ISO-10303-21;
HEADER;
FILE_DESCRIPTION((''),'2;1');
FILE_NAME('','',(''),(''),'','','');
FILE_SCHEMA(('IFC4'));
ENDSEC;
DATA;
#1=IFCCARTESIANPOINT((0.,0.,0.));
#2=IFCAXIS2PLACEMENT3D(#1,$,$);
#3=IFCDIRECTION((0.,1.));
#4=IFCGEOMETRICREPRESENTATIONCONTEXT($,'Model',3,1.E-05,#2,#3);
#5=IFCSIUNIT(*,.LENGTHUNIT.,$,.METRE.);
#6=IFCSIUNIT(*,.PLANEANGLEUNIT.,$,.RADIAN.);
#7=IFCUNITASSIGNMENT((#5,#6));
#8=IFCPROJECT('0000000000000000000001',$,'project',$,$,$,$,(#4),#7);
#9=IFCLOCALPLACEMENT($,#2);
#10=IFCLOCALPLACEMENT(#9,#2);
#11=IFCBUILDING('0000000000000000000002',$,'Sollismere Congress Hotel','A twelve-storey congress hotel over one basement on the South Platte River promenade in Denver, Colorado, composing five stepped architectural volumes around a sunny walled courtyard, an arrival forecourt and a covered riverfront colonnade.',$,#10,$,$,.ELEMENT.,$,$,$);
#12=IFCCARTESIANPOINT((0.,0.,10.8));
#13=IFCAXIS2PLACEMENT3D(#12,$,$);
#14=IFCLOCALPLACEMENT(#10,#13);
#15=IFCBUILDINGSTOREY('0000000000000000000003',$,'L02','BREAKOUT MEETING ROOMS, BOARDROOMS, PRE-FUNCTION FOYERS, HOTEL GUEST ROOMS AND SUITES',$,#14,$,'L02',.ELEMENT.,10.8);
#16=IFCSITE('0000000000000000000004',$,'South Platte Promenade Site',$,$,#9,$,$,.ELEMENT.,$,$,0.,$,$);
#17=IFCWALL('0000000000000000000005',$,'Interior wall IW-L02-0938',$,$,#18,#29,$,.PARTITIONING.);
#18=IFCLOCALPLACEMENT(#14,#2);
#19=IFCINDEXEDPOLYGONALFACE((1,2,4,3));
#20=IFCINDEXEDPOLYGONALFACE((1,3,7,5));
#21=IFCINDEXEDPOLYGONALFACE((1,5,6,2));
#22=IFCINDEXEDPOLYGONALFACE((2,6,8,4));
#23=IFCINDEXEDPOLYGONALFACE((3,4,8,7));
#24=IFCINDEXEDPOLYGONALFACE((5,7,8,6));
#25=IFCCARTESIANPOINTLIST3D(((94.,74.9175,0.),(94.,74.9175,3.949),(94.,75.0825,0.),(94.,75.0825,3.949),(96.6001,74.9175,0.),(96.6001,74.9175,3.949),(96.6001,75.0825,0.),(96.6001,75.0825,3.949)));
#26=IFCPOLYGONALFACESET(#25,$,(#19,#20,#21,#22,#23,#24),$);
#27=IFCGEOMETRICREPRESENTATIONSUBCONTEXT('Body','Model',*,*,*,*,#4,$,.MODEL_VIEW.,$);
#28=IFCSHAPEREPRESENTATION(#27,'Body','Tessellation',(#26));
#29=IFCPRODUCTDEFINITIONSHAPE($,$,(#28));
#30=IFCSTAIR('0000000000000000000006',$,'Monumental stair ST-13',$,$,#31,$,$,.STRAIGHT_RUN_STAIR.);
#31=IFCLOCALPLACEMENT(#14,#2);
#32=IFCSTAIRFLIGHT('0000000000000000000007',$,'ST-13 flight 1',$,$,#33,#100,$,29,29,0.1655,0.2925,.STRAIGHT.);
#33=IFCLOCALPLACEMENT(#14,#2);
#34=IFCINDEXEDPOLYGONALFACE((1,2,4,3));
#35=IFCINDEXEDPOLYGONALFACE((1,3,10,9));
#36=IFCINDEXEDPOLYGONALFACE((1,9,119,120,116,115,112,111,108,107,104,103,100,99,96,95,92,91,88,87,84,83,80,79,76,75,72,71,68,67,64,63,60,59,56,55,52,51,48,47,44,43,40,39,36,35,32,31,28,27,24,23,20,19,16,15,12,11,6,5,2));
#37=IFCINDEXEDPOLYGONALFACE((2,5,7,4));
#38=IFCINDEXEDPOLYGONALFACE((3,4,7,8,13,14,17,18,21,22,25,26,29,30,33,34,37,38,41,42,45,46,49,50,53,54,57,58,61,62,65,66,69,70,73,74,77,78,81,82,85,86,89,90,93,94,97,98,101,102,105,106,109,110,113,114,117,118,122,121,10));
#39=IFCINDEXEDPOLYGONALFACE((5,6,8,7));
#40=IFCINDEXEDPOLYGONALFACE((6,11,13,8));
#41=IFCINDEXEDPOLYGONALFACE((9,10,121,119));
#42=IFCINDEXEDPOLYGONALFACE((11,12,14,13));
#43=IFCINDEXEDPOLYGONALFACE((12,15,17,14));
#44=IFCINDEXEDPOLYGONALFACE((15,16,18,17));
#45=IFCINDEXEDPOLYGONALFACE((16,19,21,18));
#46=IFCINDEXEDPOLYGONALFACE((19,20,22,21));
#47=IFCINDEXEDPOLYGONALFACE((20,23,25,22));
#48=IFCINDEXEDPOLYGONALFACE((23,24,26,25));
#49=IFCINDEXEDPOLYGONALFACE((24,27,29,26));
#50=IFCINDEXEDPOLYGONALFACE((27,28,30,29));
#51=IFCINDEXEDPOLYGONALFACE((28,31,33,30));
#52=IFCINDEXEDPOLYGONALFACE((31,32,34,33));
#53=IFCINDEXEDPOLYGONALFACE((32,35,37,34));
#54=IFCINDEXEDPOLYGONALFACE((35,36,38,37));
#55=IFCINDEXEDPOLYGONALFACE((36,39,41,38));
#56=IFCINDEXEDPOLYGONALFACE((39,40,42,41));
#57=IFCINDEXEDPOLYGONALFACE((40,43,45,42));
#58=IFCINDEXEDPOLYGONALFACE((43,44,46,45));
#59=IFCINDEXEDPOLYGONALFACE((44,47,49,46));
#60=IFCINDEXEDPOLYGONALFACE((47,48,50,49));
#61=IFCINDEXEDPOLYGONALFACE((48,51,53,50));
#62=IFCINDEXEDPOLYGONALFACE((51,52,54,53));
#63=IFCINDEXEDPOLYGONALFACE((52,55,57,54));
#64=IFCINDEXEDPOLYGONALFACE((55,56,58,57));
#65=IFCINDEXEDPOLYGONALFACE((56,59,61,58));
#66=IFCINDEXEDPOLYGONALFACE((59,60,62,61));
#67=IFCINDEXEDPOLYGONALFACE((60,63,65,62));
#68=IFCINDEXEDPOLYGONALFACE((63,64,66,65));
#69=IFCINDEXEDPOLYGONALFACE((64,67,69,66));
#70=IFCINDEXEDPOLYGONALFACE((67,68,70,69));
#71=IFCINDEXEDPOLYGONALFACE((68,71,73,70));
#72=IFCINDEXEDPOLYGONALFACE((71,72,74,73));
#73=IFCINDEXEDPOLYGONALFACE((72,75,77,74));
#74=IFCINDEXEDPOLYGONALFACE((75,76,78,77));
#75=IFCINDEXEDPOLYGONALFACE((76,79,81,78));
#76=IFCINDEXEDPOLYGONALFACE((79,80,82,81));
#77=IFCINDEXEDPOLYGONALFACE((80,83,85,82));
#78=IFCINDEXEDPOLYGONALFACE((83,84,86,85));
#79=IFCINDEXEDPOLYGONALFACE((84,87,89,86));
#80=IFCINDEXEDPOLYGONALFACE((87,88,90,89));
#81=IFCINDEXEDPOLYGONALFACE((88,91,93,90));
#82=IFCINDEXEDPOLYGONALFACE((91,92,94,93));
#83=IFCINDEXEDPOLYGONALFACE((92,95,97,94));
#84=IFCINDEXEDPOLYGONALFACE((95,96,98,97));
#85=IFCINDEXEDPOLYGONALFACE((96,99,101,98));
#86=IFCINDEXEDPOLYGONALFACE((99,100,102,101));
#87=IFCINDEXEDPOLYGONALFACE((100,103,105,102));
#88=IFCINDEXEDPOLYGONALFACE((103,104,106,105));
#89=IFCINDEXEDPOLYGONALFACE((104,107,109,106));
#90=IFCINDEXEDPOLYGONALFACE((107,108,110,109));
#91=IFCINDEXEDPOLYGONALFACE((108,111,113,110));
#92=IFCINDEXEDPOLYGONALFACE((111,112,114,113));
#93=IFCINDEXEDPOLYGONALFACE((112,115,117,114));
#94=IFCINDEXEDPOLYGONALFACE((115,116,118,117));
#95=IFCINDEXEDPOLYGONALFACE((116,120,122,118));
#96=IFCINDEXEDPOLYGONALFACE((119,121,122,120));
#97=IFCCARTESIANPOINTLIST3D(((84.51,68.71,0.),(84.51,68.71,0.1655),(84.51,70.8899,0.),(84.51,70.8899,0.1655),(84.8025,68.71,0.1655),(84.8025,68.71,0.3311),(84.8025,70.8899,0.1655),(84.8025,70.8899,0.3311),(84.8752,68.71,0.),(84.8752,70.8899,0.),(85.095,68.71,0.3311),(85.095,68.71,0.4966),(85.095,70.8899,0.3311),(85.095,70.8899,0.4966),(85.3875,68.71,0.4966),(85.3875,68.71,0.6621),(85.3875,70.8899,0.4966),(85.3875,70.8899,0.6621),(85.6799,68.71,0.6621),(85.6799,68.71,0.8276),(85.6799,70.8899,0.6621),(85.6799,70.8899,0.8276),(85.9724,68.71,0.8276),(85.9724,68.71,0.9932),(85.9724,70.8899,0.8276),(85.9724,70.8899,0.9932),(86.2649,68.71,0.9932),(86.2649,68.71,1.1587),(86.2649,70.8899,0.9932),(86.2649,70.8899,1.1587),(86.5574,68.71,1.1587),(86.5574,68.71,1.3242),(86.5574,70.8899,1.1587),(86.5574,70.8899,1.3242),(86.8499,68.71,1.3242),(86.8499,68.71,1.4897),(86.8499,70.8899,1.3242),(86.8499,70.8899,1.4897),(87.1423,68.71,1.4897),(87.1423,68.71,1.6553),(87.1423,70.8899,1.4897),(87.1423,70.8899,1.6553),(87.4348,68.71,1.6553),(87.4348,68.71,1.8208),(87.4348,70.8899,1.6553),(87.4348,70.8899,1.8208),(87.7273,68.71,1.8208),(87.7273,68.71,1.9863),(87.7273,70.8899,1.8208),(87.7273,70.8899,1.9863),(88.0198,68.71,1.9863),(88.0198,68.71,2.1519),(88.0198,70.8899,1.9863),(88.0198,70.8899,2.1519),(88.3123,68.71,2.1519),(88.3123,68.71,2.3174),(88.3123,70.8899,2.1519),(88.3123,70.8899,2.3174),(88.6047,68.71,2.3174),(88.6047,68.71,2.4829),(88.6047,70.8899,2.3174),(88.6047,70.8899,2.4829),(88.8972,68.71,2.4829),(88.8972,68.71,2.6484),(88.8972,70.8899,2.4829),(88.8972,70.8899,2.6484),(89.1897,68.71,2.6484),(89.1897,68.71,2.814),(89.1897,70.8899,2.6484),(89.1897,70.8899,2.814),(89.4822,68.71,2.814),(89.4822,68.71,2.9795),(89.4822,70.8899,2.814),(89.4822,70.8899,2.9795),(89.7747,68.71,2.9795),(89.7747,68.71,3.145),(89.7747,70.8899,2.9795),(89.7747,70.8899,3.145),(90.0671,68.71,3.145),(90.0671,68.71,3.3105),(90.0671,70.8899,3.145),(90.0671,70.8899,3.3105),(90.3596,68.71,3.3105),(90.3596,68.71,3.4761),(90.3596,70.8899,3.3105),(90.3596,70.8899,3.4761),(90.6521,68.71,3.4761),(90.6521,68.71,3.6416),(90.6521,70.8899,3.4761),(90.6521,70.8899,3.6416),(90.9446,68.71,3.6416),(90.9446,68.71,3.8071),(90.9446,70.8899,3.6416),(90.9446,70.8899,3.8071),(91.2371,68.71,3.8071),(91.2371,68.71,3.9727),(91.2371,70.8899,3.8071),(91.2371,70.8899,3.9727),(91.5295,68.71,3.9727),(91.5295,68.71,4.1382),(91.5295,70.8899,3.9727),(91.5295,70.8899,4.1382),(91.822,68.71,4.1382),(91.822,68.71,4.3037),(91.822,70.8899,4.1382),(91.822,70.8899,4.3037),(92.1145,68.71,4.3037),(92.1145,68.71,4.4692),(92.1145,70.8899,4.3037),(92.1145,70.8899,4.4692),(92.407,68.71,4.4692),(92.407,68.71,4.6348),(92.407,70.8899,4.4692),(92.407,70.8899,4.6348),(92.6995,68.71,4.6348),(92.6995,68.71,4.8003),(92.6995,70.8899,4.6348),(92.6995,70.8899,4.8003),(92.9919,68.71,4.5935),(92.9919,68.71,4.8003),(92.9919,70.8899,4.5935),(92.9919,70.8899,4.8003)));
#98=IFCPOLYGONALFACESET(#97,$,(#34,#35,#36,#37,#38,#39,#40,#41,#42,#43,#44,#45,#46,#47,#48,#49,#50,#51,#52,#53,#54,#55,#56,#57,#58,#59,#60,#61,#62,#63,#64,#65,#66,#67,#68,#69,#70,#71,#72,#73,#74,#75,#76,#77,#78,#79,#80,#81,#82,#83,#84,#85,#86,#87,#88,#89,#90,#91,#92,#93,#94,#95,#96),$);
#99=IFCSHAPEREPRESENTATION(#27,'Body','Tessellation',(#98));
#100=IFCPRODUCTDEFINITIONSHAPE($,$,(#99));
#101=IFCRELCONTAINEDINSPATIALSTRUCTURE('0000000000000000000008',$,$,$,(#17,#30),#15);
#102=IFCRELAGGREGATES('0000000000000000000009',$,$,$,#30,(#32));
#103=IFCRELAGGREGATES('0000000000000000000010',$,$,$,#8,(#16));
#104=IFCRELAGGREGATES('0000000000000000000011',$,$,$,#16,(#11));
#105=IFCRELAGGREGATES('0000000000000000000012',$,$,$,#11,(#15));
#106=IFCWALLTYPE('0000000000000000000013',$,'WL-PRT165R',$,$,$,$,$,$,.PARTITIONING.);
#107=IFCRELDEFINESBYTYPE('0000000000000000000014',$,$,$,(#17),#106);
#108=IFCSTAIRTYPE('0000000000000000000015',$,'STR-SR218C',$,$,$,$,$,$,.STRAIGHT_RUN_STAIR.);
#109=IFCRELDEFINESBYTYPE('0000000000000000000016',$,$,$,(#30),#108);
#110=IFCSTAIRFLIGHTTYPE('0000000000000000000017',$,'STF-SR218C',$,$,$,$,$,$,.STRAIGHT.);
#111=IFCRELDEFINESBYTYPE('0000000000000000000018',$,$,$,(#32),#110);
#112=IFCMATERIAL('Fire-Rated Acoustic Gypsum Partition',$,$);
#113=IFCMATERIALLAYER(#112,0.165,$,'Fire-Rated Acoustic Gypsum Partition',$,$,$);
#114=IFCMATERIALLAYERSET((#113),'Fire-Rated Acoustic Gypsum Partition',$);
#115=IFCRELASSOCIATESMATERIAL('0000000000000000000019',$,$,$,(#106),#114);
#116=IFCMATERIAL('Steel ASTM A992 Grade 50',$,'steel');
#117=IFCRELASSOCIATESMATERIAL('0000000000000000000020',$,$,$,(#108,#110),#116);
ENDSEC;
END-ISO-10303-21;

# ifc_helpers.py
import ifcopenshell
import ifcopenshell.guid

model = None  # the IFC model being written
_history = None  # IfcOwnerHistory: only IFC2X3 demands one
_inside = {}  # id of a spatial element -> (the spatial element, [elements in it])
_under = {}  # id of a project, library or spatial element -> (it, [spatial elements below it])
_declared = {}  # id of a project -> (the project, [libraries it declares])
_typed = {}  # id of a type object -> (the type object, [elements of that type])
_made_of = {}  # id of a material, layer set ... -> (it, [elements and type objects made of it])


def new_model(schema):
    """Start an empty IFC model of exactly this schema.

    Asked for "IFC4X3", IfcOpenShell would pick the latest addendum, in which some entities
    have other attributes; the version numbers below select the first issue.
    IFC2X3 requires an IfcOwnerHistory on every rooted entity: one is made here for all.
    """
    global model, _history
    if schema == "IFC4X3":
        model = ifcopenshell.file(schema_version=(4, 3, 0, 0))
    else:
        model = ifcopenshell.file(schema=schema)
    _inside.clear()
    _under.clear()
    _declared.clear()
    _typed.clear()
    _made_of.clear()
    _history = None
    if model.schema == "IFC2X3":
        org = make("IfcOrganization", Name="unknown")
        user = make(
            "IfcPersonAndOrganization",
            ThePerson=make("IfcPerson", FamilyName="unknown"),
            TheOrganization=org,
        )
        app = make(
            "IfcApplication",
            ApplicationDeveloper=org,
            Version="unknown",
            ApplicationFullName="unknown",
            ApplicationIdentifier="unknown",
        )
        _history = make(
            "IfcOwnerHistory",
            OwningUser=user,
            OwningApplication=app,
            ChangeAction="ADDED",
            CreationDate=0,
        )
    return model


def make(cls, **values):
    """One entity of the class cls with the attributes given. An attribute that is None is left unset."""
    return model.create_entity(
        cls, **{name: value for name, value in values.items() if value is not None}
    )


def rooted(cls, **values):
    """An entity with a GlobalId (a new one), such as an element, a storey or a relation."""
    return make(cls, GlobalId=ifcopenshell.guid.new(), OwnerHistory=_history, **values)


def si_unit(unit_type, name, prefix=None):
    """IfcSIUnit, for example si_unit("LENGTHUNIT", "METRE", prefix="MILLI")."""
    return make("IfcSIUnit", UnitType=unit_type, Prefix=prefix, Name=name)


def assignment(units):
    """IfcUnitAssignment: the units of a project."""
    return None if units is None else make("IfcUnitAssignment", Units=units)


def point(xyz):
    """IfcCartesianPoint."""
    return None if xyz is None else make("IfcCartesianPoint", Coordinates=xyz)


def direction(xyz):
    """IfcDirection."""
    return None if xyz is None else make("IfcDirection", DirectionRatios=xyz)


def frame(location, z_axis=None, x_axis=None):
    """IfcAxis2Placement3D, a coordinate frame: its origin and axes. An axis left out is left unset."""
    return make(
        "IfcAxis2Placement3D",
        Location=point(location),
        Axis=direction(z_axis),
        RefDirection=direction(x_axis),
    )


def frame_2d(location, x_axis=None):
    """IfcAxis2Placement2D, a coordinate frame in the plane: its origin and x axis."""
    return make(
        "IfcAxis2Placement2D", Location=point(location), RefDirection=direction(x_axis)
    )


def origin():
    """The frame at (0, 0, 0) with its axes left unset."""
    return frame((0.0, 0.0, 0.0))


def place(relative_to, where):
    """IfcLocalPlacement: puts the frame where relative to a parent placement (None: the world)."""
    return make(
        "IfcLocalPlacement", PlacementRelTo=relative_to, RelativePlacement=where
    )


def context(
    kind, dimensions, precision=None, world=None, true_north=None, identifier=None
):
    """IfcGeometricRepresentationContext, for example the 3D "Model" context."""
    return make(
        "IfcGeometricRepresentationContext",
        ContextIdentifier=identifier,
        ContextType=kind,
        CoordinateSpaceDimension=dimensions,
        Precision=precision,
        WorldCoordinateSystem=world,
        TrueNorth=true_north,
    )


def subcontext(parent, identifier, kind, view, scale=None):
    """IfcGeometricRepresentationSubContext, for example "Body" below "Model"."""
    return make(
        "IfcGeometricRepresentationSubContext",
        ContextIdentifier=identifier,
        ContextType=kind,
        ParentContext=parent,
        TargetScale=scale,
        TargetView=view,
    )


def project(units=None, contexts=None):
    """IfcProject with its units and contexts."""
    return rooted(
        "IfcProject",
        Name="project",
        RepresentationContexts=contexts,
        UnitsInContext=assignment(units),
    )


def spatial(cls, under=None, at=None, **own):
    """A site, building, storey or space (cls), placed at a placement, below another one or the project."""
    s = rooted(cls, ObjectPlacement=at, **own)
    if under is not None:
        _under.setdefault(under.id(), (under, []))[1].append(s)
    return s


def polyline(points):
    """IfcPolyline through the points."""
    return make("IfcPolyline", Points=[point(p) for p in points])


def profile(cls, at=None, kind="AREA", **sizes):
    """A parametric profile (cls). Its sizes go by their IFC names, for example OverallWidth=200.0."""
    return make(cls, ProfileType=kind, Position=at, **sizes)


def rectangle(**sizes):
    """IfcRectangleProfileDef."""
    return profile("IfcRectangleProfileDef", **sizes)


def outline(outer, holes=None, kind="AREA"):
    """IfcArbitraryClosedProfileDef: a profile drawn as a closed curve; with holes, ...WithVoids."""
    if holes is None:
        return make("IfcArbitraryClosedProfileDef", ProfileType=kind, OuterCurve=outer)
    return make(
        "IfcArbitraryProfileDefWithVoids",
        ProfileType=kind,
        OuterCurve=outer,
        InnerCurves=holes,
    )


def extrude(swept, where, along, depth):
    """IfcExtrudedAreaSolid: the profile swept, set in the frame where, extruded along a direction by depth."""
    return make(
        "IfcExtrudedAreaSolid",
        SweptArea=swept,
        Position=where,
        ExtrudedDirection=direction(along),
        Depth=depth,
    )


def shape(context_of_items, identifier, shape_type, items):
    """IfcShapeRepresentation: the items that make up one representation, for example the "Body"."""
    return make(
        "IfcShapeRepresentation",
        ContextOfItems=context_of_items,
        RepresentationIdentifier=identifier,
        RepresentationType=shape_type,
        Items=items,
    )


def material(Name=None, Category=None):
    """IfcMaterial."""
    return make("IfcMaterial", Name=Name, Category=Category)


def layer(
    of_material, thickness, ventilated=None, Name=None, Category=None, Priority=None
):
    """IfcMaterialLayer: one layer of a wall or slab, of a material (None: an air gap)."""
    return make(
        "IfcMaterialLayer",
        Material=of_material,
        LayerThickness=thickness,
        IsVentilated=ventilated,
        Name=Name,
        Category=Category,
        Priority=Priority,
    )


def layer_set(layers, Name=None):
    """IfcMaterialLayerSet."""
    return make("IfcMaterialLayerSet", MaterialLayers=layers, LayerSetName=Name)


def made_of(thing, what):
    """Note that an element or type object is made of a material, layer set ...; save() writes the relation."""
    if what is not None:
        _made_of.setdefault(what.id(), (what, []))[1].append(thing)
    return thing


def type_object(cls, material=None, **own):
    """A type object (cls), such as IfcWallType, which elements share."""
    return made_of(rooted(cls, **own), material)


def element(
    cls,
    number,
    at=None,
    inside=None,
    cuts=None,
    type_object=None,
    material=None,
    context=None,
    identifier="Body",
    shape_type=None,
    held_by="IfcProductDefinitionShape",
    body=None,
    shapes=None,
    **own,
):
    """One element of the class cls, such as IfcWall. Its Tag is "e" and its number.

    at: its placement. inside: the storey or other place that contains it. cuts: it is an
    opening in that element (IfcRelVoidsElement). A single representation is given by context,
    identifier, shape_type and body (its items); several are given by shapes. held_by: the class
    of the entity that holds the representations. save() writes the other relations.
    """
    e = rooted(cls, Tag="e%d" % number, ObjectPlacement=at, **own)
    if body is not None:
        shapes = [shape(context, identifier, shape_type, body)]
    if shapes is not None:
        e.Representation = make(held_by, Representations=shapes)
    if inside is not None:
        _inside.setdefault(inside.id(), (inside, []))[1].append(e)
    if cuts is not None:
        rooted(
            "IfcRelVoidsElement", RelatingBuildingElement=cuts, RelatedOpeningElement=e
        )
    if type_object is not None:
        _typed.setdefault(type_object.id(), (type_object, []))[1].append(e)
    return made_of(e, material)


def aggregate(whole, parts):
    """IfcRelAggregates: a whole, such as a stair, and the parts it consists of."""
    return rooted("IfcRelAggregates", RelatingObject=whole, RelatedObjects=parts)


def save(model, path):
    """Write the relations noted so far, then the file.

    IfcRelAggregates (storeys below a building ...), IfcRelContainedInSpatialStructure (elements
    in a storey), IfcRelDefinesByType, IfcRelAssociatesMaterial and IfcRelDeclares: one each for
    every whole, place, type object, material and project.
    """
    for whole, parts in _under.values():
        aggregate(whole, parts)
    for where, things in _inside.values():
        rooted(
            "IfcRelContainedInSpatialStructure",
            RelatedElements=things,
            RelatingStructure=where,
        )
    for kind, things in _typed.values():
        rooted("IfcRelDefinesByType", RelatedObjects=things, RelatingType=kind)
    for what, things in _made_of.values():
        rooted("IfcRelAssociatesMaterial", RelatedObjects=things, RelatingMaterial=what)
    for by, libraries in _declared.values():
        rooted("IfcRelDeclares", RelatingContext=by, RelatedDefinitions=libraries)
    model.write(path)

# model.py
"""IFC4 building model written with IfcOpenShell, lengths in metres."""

from ifc_helpers import new_model, si_unit, direction, frame, frame_2d, origin, place, context, subcontext, project, spatial, polyline, rectangle, outline, extrude, material, layer, layer_set, type_object, element, aggregate, save


model = new_model("IFC4")

# Units and contexts
model_context = context("Model", 3, precision=1e-05, world=origin(), true_north=direction((0.0, 1.0)))
body_context = subcontext(model_context, "Body", "Model", "MODEL_VIEW")
ifc_project = project(units=[si_unit("LENGTHUNIT", "METRE"), si_unit("PLANEANGLEUNIT", "RADIAN")], contexts=[model_context])

# Site, building, storey
site_placement = place(None, origin())
site = spatial("IfcSite", under=ifc_project, at=site_placement, Name="South Platte Promenade Site", CompositionType="ELEMENT", RefElevation=0.0)
building_placement = place(site_placement, origin())
building = spatial("IfcBuilding", under=site, at=building_placement, Name="Sollismere Congress Hotel", Description="A twelve-storey congress hotel over one basement on the South Platte River promenade in Denver, Colorado, composing five stepped architectural volumes around a sunny walled courtyard, an arrival forecourt and a covered riverfront colonnade.", CompositionType="ELEMENT")
storey_placement = place(building_placement, frame((0.0, 0.0, 10.8)))
storey = spatial("IfcBuildingStorey", under=building, at=storey_placement, Name="L02", Description="BREAKOUT MEETING ROOMS, BOARDROOMS, PRE-FUNCTION FOYERS, HOTEL GUEST ROOMS AND SUITES", LongName="L02", CompositionType="ELEMENT", Elevation=10.8)

# Shared definitions
ifc_material_1 = material(Name="Steel ASTM A992 Grade 50", Category="steel")

# Wall
ifc_material_2 = material(Name="Fire-Rated Acoustic Gypsum Partition")
ifc_layer = layer(ifc_material_2, 0.165, Name="Fire-Rated Acoustic Gypsum Partition")
ifc_layer_set = layer_set([ifc_layer], Name="Fire-Rated Acoustic Gypsum Partition")
wall_type = type_object("IfcWallType", Name="WL-PRT165R", PredefinedType="PARTITIONING", material=ifc_layer_set)
for number, where, z_axis, x_axis, name in (
    (1, (94.0, 75.0, 0.0), (0.0, 0.0, 1.0), (1.0, 0.0, 0.0), "Interior wall IW-L02-0938"),
):
    element("IfcWall", number, at=place(storey_placement, frame(where, z_axis=z_axis, x_axis=x_axis)), inside=storey, type_object=wall_type, Name=name, PredefinedType="PARTITIONING", context=body_context, shape_type="SweptSolid", body=[
        extrude(rectangle(XDim=2.6001, YDim=0.165, at=frame_2d((1.3, 0.0))), origin(), (0.0, 0.0, 1.0), 3.949),
    ])

# Stair, stair flight
stair_type = type_object("IfcStairType", Name="STR-SR218C", PredefinedType="STRAIGHT_RUN_STAIR", material=ifc_material_1)
stair_placement = place(storey_placement, origin())
stair = element("IfcStair", 2, at=stair_placement, inside=storey, type_object=stair_type, Name="Monumental stair ST-13", PredefinedType="STRAIGHT_RUN_STAIR")
stair_flight_type = type_object("IfcStairFlightType", Name="STF-SR218C", PredefinedType="STRAIGHT", material=ifc_material_1)
stair_flight_placement = place(storey_placement, frame((84.51, 69.8, 0.0), z_axis=(0.0, 0.0, 1.0), x_axis=(1.0, 0.0, 0.0)))
stair_flight = element("IfcStairFlight", 3, at=stair_flight_placement, type_object=stair_flight_type, Name="ST-13 flight 1", NumberOfRisers=29, NumberOfTreads=29, PredefinedType="STRAIGHT", RiserHeight=0.1655, TreadLength=0.2925, context=body_context, shape_type="SweptSolid", body=[
    extrude(outline(polyline([(0.0, 0.0), (0.0, 0.1655), (0.2925, 0.1655), (0.2925, 0.3311), (0.585, 0.3311), (0.585, 0.4966), (0.8774, 0.4966), (0.8774, 0.6621), (1.1699, 0.6621), (1.1699, 0.8276), (1.4624, 0.8276), (1.4624, 0.9932), (1.7549, 0.9932), (1.7549, 1.1587), (2.0474, 1.1587), (2.0474, 1.3242), (2.3398, 1.3242), (2.3398, 1.4897), (2.6323, 1.4897), (2.6323, 1.6553), (2.9248, 1.6553), (2.9248, 1.8208), (3.2173, 1.8208), (3.2173, 1.9863), (3.5098, 1.9863), (3.5098, 2.1519), (3.8022, 2.1519), (3.8022, 2.3174), (4.0947, 2.3174), (4.0947, 2.4829), (4.3872, 2.4829), (4.3872, 2.6484), (4.6797, 2.6484), (4.6797, 2.814), (4.9722, 2.814), (4.9722, 2.9795), (5.2646, 2.9795), (5.2646, 3.145), (5.5571, 3.145), (5.5571, 3.3105), (5.8496, 3.3105), (5.8496, 3.4761), (6.1421, 3.4761), (6.1421, 3.6416), (6.4346, 3.6416), (6.4346, 3.8071), (6.7271, 3.8071), (6.7271, 3.9727), (7.0195, 3.9727), (7.0195, 4.1382), (7.312, 4.1382), (7.312, 4.3037), (7.6045, 4.3037), (7.6045, 4.4692), (7.897, 4.4692), (7.897, 4.6348), (8.1895, 4.6348), (8.1895, 4.8003), (8.4819, 4.8003), (8.4819, 4.5935), (0.3652, 0.0), (0.0, 0.0)])), frame((0.0, 1.0898, 0.0), z_axis=(0.0, -1.0, 0.0), x_axis=(1.0, 0.0, 0.0)), (0.0, 0.0, 1.0), 2.1799),
])
aggregate(stair, [stair_flight])

save(model, "model.ifc")
